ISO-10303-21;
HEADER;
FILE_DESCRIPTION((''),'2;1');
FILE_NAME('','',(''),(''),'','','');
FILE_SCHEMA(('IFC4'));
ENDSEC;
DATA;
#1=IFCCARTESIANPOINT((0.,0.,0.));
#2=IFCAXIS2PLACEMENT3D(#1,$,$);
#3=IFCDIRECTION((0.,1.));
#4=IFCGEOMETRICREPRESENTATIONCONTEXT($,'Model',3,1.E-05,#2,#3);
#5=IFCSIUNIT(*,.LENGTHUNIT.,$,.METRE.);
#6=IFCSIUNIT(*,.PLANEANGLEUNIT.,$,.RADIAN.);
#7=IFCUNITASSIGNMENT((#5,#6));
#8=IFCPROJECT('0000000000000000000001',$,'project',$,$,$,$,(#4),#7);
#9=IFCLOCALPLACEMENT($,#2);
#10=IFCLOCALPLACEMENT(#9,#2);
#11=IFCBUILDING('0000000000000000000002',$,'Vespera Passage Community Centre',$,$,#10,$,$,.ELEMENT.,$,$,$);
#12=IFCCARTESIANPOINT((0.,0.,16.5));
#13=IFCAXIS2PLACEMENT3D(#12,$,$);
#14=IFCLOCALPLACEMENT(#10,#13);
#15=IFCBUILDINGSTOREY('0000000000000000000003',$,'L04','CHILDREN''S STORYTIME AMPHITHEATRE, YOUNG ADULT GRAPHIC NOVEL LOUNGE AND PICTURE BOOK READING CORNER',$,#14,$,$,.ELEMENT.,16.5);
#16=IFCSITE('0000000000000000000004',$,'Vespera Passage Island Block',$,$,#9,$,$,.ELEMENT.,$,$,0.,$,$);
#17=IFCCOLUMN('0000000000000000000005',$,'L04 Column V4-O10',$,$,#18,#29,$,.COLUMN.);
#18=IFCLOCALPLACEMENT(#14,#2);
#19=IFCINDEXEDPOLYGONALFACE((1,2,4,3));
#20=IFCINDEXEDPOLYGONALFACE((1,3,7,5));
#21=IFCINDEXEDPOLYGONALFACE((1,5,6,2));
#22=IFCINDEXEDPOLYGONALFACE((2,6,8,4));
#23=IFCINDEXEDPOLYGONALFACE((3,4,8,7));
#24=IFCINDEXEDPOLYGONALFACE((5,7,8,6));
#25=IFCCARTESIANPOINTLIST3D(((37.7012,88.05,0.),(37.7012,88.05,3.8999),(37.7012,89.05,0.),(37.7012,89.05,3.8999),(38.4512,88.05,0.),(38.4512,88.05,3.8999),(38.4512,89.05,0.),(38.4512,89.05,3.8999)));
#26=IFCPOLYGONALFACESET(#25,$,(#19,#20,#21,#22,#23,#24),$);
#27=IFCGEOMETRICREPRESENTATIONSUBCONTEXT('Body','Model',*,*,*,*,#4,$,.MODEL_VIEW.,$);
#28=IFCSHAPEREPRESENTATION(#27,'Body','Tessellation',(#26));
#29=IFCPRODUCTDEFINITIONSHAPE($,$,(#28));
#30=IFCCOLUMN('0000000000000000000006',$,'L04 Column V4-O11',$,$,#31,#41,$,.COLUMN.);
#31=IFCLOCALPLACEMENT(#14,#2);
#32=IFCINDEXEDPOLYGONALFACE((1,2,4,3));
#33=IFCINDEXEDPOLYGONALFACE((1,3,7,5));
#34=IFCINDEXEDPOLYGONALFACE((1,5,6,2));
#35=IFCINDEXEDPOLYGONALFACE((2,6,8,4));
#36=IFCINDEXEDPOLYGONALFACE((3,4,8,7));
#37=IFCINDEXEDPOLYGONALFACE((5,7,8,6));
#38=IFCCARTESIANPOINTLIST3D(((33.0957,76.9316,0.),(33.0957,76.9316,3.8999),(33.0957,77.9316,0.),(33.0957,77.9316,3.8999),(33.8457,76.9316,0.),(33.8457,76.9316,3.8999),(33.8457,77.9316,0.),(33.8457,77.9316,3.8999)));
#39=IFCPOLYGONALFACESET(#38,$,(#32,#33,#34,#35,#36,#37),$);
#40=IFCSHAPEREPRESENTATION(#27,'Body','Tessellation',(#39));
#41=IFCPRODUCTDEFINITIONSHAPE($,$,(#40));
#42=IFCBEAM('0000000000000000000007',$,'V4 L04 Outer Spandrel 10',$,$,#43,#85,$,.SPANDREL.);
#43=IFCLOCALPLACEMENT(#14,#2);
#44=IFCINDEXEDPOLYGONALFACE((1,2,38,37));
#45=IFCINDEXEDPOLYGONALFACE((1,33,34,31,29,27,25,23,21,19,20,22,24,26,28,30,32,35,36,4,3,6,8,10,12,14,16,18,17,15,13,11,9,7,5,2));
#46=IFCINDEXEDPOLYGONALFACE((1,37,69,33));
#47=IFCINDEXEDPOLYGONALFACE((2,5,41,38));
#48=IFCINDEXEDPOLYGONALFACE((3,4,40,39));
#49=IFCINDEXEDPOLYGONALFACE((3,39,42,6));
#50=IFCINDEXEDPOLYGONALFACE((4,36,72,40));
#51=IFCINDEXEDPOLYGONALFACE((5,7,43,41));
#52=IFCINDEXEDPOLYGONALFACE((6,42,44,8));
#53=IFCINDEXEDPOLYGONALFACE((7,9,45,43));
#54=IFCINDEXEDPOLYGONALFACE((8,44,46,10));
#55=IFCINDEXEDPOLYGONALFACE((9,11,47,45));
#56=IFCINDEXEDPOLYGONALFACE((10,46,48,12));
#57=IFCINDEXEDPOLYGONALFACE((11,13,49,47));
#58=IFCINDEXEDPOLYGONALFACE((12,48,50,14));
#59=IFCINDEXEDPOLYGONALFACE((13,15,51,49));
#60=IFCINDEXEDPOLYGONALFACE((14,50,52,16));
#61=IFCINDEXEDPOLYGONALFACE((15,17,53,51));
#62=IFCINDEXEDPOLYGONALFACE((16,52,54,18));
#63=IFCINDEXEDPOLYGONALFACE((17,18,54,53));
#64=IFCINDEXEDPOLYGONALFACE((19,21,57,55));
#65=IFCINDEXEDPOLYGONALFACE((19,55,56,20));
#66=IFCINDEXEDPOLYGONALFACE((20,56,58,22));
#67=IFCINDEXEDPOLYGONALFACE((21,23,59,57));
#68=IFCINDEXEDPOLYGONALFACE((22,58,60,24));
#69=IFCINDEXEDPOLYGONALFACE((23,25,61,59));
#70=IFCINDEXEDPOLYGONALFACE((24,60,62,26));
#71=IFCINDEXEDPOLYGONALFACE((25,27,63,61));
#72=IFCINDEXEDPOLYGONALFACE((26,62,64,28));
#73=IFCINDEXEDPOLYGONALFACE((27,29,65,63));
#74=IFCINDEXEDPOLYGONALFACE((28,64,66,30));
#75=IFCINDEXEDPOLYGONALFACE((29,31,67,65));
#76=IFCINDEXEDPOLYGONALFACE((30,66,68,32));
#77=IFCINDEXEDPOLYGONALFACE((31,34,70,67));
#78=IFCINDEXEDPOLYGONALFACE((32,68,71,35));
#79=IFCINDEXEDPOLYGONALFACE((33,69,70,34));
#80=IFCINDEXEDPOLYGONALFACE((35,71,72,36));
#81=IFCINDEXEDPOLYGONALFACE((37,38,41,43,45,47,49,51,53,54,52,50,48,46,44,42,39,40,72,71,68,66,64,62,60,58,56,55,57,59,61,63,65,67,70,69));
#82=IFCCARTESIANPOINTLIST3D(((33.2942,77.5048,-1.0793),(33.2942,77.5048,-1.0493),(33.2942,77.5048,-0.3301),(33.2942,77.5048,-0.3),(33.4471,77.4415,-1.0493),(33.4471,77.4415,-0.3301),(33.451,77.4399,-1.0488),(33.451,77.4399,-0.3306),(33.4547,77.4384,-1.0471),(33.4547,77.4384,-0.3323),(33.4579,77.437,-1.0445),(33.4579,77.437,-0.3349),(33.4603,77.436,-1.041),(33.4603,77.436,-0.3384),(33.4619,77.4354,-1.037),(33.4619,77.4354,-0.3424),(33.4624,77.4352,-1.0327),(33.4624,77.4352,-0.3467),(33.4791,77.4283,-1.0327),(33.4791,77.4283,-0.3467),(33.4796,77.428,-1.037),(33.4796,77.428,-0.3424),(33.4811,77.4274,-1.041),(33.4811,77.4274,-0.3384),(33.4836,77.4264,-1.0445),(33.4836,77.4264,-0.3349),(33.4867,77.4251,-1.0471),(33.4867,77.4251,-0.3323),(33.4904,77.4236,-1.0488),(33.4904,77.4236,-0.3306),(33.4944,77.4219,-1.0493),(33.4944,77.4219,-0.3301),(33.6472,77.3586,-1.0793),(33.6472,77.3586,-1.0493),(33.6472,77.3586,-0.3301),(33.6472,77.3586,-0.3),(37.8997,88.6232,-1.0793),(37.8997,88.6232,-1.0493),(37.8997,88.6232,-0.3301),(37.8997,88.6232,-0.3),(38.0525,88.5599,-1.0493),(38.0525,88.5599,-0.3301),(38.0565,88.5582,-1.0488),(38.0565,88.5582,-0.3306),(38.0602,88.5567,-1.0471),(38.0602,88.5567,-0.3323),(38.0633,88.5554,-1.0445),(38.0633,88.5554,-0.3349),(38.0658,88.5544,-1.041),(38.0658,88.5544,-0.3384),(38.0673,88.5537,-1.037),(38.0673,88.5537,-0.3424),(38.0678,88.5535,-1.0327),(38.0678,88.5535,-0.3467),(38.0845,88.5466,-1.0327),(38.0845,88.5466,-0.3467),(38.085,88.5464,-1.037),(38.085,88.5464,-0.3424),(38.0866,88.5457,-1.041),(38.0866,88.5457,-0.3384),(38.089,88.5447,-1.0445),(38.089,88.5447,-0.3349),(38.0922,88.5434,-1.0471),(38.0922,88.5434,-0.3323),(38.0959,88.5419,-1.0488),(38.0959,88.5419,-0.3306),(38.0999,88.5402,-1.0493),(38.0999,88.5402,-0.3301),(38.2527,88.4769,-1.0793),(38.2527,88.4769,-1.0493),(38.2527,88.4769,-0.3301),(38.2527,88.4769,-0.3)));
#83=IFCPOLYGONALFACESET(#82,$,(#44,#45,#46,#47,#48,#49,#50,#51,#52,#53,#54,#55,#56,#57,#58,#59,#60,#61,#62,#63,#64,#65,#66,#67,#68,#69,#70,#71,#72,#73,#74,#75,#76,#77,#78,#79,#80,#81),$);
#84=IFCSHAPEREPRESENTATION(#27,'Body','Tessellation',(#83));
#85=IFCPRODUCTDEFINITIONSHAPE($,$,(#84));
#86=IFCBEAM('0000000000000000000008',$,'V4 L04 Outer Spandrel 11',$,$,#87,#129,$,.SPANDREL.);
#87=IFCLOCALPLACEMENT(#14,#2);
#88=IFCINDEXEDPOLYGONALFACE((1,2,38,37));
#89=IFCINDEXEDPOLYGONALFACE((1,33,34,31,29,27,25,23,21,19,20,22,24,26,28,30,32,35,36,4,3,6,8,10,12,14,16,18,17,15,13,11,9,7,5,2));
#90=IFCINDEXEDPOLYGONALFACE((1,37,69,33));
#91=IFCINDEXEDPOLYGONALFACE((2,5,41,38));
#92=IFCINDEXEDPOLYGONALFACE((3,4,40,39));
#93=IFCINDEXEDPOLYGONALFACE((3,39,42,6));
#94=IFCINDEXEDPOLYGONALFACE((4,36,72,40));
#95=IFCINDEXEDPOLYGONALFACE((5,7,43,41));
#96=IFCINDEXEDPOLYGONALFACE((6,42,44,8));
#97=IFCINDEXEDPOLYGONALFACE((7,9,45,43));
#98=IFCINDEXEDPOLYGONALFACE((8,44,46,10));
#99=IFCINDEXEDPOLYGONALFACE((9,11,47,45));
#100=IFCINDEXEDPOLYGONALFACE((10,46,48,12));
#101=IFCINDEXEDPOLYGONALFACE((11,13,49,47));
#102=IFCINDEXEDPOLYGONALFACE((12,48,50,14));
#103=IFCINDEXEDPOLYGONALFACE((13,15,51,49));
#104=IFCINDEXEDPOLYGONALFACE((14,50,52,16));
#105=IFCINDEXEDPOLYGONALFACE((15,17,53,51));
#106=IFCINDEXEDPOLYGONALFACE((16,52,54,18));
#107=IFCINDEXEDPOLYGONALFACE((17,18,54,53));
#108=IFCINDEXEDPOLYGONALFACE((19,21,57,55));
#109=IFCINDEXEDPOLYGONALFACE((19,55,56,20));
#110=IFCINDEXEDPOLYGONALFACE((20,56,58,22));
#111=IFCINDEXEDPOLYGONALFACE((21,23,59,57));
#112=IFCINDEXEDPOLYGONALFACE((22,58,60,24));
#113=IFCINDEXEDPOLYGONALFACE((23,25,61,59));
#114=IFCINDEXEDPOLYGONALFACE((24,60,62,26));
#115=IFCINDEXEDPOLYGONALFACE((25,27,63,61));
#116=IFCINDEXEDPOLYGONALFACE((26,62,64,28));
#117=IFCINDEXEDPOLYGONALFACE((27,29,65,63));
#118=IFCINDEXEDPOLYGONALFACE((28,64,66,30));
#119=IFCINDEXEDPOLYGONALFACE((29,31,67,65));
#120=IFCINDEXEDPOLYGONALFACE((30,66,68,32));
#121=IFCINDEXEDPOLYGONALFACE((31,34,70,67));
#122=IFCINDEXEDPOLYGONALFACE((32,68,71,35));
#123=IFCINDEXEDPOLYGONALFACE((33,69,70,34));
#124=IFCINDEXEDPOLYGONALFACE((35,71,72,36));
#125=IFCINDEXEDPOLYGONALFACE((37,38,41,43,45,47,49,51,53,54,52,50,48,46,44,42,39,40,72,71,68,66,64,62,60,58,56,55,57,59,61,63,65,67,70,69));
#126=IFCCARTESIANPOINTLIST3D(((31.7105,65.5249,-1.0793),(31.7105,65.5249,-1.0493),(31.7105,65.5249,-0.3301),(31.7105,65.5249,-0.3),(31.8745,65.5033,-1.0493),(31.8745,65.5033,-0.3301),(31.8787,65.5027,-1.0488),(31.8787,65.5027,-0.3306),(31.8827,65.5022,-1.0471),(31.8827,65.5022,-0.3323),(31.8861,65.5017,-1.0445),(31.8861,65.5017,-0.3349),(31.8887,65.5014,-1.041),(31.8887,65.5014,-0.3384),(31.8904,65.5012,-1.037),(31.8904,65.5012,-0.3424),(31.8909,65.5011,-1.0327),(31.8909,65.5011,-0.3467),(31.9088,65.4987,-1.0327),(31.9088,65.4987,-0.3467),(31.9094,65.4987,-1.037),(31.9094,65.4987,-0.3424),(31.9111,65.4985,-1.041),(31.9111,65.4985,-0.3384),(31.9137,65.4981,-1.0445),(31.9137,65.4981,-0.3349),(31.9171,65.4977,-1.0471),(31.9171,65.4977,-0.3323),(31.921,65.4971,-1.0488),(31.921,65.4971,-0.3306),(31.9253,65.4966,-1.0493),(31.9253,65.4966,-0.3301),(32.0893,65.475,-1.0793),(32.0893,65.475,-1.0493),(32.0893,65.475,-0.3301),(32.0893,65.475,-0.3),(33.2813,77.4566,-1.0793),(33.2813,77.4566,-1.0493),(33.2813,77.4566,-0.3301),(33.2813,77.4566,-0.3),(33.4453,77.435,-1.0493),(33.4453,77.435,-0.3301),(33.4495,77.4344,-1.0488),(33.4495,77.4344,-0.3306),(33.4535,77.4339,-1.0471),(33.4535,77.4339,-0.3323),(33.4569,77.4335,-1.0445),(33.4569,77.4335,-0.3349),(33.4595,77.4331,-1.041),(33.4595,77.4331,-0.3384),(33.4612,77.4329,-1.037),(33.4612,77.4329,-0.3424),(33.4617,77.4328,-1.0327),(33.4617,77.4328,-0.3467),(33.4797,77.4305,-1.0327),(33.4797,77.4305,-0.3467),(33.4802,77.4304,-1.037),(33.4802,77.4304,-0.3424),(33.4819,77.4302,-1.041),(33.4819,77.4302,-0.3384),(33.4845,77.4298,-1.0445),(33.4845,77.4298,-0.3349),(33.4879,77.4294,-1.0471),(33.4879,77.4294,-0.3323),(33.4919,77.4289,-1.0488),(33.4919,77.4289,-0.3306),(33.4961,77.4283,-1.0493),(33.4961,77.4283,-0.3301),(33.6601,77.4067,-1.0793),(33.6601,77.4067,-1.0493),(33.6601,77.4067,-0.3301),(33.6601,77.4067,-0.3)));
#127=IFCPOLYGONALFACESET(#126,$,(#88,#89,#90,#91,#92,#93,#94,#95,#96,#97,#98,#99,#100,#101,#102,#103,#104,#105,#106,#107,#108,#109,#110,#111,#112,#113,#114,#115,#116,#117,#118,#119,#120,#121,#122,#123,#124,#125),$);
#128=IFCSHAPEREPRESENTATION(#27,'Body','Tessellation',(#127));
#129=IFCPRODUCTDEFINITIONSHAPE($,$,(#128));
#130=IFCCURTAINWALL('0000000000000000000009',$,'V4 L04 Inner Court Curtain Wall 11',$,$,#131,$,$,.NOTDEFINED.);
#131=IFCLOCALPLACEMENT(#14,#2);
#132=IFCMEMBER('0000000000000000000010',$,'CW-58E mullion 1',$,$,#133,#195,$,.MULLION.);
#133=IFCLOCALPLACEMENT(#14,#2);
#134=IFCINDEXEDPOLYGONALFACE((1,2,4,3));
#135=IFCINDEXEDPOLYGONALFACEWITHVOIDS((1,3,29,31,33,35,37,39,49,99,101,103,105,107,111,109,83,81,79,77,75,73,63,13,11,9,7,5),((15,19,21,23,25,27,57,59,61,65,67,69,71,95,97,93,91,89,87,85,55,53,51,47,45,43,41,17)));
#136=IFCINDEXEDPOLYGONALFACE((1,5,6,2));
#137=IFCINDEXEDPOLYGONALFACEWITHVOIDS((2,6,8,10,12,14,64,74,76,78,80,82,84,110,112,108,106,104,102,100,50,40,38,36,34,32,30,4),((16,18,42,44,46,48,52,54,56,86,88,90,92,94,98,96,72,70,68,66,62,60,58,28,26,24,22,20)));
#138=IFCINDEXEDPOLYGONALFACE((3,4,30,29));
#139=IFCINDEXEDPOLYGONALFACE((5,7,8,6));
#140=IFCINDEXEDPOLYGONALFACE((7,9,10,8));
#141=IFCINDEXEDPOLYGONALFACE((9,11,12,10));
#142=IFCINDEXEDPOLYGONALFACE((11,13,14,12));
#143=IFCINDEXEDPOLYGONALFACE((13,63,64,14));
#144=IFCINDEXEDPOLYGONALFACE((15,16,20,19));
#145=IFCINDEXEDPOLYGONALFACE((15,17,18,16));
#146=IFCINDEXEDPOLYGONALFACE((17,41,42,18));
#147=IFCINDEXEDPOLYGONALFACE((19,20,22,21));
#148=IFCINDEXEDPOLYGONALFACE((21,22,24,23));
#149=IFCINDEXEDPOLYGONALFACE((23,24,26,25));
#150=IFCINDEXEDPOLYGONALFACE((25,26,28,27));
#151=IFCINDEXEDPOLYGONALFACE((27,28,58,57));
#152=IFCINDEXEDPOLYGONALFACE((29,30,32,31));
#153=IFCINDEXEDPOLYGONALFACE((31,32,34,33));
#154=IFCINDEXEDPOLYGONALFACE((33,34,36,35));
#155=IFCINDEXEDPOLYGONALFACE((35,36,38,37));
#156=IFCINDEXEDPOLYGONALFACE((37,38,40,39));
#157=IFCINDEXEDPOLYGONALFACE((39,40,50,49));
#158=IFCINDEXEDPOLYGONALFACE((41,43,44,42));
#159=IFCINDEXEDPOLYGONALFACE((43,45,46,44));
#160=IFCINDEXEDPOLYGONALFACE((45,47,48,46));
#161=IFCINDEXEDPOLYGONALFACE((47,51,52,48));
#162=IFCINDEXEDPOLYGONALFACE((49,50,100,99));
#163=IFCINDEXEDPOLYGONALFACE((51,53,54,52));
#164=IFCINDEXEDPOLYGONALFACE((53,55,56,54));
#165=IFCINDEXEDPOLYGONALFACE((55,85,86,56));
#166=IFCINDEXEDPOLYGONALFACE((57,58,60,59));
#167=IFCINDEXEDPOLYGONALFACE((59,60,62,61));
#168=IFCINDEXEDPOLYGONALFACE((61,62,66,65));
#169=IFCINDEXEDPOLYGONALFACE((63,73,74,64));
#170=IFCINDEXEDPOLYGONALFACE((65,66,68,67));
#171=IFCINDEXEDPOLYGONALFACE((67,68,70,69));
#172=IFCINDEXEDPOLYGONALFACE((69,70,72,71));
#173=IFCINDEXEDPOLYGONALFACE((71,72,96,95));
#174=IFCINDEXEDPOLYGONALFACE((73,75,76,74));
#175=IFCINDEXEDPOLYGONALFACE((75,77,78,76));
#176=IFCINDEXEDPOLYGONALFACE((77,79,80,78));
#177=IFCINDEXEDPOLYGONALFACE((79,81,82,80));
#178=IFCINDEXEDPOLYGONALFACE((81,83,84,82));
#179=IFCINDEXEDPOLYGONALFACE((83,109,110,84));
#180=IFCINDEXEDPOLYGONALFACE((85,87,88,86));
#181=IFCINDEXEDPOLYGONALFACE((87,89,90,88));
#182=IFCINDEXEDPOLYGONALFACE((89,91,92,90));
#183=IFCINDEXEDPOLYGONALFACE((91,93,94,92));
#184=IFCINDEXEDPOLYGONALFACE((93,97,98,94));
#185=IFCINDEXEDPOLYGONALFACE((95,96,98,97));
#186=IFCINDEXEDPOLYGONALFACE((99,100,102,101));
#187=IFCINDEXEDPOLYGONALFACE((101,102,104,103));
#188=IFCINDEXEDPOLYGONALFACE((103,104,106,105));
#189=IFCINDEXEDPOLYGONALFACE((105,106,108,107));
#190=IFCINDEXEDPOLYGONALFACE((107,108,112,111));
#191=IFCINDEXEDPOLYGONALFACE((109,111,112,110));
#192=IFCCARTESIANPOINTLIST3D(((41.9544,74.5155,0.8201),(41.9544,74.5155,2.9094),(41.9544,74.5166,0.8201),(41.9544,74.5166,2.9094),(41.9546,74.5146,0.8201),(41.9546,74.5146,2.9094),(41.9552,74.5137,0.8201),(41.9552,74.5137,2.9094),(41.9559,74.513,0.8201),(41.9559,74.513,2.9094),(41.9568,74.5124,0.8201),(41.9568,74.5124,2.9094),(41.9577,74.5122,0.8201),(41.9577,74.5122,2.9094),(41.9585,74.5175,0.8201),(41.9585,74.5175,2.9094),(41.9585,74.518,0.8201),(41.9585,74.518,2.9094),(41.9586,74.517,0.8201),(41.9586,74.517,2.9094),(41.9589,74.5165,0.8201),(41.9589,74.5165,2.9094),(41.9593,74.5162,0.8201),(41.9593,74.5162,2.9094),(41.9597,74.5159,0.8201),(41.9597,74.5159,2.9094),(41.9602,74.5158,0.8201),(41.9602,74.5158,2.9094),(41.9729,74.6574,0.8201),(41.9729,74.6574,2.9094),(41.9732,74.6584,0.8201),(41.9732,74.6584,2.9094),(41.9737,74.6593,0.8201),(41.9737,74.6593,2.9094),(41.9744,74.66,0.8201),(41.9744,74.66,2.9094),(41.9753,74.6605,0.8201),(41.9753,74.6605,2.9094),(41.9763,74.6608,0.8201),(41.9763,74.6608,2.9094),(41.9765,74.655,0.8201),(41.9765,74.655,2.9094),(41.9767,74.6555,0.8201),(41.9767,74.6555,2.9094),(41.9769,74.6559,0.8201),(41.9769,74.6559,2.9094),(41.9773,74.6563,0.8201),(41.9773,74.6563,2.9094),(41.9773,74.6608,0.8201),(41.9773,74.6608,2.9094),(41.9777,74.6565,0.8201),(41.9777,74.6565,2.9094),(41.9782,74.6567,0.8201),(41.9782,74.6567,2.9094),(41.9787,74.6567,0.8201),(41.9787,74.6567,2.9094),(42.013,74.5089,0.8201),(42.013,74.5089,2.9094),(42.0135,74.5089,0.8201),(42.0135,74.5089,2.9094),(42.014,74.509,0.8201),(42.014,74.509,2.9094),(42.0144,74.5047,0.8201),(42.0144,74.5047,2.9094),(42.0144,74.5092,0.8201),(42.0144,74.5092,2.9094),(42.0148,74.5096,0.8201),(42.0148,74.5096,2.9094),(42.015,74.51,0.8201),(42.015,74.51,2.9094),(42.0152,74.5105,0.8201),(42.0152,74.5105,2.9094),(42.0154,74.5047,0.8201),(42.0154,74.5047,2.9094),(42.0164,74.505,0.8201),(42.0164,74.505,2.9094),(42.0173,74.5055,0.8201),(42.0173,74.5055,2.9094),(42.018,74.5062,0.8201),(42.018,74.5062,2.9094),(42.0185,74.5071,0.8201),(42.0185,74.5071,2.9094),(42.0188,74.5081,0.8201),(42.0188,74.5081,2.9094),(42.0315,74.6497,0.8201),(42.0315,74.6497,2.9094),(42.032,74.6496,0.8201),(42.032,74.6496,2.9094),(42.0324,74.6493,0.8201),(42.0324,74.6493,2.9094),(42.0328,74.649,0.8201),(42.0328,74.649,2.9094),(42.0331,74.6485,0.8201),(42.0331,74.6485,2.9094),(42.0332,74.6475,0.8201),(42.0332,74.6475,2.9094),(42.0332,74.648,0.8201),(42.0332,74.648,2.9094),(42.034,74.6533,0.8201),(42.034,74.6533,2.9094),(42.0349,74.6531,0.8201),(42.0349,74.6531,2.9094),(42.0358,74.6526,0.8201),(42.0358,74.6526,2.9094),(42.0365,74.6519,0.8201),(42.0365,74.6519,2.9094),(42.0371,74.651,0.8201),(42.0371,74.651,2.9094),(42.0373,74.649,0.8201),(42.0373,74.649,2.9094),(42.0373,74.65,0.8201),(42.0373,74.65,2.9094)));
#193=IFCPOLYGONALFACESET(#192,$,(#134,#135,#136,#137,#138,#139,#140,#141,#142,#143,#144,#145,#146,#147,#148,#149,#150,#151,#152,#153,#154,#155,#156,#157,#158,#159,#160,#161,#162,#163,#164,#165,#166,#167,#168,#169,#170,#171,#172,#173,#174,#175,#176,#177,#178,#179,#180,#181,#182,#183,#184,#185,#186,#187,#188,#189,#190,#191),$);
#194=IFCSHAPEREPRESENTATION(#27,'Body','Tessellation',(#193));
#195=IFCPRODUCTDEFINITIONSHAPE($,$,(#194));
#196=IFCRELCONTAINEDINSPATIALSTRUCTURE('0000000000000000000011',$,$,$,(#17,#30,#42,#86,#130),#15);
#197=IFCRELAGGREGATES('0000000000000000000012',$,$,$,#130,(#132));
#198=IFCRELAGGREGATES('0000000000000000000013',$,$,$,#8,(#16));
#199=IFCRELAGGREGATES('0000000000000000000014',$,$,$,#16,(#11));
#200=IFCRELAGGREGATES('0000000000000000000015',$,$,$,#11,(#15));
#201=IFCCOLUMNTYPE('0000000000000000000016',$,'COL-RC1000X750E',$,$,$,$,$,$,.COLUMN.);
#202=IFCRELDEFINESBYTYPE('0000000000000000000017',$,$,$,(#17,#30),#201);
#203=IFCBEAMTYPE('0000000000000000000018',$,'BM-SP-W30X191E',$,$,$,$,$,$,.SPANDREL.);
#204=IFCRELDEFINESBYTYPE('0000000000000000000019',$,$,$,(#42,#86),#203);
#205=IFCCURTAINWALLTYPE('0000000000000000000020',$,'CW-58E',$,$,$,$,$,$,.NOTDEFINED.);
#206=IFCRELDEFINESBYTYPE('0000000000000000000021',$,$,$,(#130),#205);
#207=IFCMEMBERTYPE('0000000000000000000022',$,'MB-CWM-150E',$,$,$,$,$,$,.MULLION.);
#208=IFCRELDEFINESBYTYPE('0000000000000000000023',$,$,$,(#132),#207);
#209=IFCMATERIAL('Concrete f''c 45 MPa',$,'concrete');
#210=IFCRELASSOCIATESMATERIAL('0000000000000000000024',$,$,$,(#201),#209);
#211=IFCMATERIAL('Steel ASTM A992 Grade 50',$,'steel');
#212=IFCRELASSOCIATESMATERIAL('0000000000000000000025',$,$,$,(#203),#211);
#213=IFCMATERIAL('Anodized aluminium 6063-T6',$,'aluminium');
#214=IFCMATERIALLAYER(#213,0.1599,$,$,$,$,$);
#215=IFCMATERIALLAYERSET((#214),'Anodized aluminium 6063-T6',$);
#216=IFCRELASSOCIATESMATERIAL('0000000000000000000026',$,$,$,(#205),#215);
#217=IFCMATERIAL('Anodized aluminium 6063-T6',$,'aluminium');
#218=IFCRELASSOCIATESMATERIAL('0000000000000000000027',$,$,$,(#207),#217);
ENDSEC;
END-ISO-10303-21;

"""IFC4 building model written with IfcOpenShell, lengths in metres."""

from ifc_helpers import new_model, si_unit, direction, frame, origin, origin_2d, place, context, subcontext, project, spatial, rectangle, hollow_rectangle, i_section, extrude, material, layer, layer_set, material_profile, profile_set, type_object, element, aggregate, save


model = new_model("IFC4")

# Units and contexts
model_context = context("Model", 3, precision=1e-05, world=origin(), true_north=direction((0.0, 1.0)))
body_context = subcontext(model_context, "Body", "Model", "MODEL_VIEW")
ifc_project = project(units=[si_unit("LENGTHUNIT", "METRE"), si_unit("PLANEANGLEUNIT", "RADIAN")], contexts=[model_context])

# Site, building, storey
site_placement = place(None, origin())
site = spatial("IfcSite", under=ifc_project, at=site_placement, Name="Vespera Passage Island Block", CompositionType="ELEMENT", RefElevation=0.0)
building_placement = place(site_placement, origin())
building = spatial("IfcBuilding", under=site, at=building_placement, Name="Vespera Passage Community Centre", CompositionType="ELEMENT")
storey_placement = place(building_placement, frame((0.0, 0.0, 16.5)))
storey = spatial("IfcBuildingStorey", under=building, at=storey_placement, Name="L04", Description="CHILDREN'S STORYTIME AMPHITHEATRE, YOUNG ADULT GRAPHIC NOVEL LOUNGE AND PICTURE BOOK READING CORNER", CompositionType="ELEMENT", Elevation=16.5)

# Columns
ifc_material_1 = material(Name="Concrete f'c 45 MPa", Category="concrete")
ifc_material_profile_1 = material_profile(ifc_material_1, rectangle(XDim=0.75, YDim=1.0, at=origin_2d()), Name="RC1000X750")
ifc_profile_set_1 = profile_set([ifc_material_profile_1], Name="Concrete f'c 45 MPa")
column_type = type_object("IfcColumnType", Name="COL-RC1000X750E", PredefinedType="COLUMN", material=ifc_profile_set_1)
for number, where, z_axis, x_axis, name in (
    (1, (38.0762, 88.55, 0.0), (0.0, 0.0, 1.0), (1.0, 0.0, 0.0), "L04 Column V4-O10"),
    (2, (33.4707, 77.4316, 0.0), (0.0, 0.0, 1.0), (1.0, 0.0, 0.0), "L04 Column V4-O11"),
):
    element("IfcColumn", number, at=place(storey_placement, frame(where, z_axis=z_axis, x_axis=x_axis)), inside=storey, type_object=column_type, Name=name, PredefinedType="COLUMN", context=body_context, shape_type="SweptSolid", body=[
        extrude(rectangle(XDim=0.75, YDim=1.0, at=origin_2d()), origin(), (0.0, 0.0, 1.0), 3.8999),
    ])

# Beams
ifc_material_2 = material(Name="Steel ASTM A992 Grade 50", Category="steel")
ifc_material_profile_2 = material_profile(ifc_material_2, i_section(OverallWidth=0.3821, OverallDepth=0.7793, WebThickness=0.0181, FlangeThickness=0.03, FilletRadius=0.0166, at=origin_2d()), Name="W30X191")
ifc_profile_set_2 = profile_set([ifc_material_profile_2], Name="Steel ASTM A992 Grade 50")
beam_type = type_object("IfcBeamType", Name="BM-SP-W30X191E", PredefinedType="SPANDREL", material=ifc_profile_set_2)
beam_1_placement = place(storey_placement, frame((38.0762, 88.55, -0.6897), z_axis=(-0.382689, -0.923877, 0.0), x_axis=(0.923877, -0.382689, 0.0)))
element("IfcBeam", 3, at=beam_1_placement, inside=storey, type_object=beam_type, Name="V4 L04 Outer Spandrel 10", PredefinedType="SPANDREL", context=body_context, shape_type="SweptSolid", body=[
    extrude(i_section(OverallWidth=0.3821, OverallDepth=0.7793, WebThickness=0.0181, FlangeThickness=0.03, FilletRadius=0.0166, at=origin_2d()), origin(), (0.0, 0.0, 1.0), 12.0344),
])
beam_2_placement = place(storey_placement, frame((33.4707, 77.4316, -0.6897), z_axis=(-0.130524, -0.991445, 0.0), x_axis=(0.991445, -0.130524, 0.0)))
element("IfcBeam", 4, at=beam_2_placement, inside=storey, type_object=beam_type, Name="V4 L04 Outer Spandrel 11", PredefinedType="SPANDREL", context=body_context, shape_type="SweptSolid", body=[
    extrude(i_section(OverallWidth=0.3821, OverallDepth=0.7793, WebThickness=0.0181, FlangeThickness=0.03, FilletRadius=0.0166, at=origin_2d()), origin(), (0.0, 0.0, 1.0), 12.0347),
])

# Curtain wall, member
ifc_material_3 = material(Name="Anodized aluminium 6063-T6", Category="aluminium")
ifc_layer_1 = layer(ifc_material_3, 0.1599)
ifc_layer_set_1 = layer_set([ifc_layer_1], Name="Anodized aluminium 6063-T6")
curtain_wall_type_1 = type_object("IfcCurtainWallType", Name="CW-58E", PredefinedType="NOTDEFINED", material=ifc_layer_set_1)
curtain_wall_1_placement = place(storey_placement, origin())
curtain_wall_1 = element("IfcCurtainWall", 5, at=curtain_wall_1_placement, inside=storey, type_object=curtain_wall_type_1, Name="V4 L04 Inner Court Curtain Wall 11", PredefinedType="NOTDEFINED")
ifc_material_4 = material(Name="Anodized aluminium 6063-T6", Category="aluminium")
ifc_material_profile_3 = material_profile(ifc_material_4, hollow_rectangle(XDim=0.0649, YDim=0.1499, WallThickness=0.0039, InnerFilletRadius=0.002, OuterFilletRadius=0.0039, at=origin_2d()), Name="ALU150X65X4")
ifc_profile_set_3 = profile_set([ifc_material_profile_3], Name="Anodized aluminium 6063-T6")
member_type_1 = type_object("IfcMemberType", Name="MB-CWM-150E", PredefinedType="MULLION", material=ifc_profile_set_3)
member_1_placement = place(storey_placement, frame((41.9958, 74.5828, 0.8201), z_axis=(0.0, 0.0, 1.0), x_axis=(0.991445, -0.130522, 0.0)))
member_1 = element("IfcMember", 6, at=member_1_placement, type_object=member_type_1, Name="CW-58E mullion 1", PredefinedType="MULLION", context=body_context, shape_type="SweptSolid", body=[
    extrude(hollow_rectangle(XDim=0.0649, YDim=0.1499, WallThickness=0.0039, InnerFilletRadius=0.002, OuterFilletRadius=0.0039, at=origin_2d()), origin(), (0.0, 0.0, 1.0), 2.0894),
])

aggregate(curtain_wall_1, [member_1])

save(model, "model.ifc")
